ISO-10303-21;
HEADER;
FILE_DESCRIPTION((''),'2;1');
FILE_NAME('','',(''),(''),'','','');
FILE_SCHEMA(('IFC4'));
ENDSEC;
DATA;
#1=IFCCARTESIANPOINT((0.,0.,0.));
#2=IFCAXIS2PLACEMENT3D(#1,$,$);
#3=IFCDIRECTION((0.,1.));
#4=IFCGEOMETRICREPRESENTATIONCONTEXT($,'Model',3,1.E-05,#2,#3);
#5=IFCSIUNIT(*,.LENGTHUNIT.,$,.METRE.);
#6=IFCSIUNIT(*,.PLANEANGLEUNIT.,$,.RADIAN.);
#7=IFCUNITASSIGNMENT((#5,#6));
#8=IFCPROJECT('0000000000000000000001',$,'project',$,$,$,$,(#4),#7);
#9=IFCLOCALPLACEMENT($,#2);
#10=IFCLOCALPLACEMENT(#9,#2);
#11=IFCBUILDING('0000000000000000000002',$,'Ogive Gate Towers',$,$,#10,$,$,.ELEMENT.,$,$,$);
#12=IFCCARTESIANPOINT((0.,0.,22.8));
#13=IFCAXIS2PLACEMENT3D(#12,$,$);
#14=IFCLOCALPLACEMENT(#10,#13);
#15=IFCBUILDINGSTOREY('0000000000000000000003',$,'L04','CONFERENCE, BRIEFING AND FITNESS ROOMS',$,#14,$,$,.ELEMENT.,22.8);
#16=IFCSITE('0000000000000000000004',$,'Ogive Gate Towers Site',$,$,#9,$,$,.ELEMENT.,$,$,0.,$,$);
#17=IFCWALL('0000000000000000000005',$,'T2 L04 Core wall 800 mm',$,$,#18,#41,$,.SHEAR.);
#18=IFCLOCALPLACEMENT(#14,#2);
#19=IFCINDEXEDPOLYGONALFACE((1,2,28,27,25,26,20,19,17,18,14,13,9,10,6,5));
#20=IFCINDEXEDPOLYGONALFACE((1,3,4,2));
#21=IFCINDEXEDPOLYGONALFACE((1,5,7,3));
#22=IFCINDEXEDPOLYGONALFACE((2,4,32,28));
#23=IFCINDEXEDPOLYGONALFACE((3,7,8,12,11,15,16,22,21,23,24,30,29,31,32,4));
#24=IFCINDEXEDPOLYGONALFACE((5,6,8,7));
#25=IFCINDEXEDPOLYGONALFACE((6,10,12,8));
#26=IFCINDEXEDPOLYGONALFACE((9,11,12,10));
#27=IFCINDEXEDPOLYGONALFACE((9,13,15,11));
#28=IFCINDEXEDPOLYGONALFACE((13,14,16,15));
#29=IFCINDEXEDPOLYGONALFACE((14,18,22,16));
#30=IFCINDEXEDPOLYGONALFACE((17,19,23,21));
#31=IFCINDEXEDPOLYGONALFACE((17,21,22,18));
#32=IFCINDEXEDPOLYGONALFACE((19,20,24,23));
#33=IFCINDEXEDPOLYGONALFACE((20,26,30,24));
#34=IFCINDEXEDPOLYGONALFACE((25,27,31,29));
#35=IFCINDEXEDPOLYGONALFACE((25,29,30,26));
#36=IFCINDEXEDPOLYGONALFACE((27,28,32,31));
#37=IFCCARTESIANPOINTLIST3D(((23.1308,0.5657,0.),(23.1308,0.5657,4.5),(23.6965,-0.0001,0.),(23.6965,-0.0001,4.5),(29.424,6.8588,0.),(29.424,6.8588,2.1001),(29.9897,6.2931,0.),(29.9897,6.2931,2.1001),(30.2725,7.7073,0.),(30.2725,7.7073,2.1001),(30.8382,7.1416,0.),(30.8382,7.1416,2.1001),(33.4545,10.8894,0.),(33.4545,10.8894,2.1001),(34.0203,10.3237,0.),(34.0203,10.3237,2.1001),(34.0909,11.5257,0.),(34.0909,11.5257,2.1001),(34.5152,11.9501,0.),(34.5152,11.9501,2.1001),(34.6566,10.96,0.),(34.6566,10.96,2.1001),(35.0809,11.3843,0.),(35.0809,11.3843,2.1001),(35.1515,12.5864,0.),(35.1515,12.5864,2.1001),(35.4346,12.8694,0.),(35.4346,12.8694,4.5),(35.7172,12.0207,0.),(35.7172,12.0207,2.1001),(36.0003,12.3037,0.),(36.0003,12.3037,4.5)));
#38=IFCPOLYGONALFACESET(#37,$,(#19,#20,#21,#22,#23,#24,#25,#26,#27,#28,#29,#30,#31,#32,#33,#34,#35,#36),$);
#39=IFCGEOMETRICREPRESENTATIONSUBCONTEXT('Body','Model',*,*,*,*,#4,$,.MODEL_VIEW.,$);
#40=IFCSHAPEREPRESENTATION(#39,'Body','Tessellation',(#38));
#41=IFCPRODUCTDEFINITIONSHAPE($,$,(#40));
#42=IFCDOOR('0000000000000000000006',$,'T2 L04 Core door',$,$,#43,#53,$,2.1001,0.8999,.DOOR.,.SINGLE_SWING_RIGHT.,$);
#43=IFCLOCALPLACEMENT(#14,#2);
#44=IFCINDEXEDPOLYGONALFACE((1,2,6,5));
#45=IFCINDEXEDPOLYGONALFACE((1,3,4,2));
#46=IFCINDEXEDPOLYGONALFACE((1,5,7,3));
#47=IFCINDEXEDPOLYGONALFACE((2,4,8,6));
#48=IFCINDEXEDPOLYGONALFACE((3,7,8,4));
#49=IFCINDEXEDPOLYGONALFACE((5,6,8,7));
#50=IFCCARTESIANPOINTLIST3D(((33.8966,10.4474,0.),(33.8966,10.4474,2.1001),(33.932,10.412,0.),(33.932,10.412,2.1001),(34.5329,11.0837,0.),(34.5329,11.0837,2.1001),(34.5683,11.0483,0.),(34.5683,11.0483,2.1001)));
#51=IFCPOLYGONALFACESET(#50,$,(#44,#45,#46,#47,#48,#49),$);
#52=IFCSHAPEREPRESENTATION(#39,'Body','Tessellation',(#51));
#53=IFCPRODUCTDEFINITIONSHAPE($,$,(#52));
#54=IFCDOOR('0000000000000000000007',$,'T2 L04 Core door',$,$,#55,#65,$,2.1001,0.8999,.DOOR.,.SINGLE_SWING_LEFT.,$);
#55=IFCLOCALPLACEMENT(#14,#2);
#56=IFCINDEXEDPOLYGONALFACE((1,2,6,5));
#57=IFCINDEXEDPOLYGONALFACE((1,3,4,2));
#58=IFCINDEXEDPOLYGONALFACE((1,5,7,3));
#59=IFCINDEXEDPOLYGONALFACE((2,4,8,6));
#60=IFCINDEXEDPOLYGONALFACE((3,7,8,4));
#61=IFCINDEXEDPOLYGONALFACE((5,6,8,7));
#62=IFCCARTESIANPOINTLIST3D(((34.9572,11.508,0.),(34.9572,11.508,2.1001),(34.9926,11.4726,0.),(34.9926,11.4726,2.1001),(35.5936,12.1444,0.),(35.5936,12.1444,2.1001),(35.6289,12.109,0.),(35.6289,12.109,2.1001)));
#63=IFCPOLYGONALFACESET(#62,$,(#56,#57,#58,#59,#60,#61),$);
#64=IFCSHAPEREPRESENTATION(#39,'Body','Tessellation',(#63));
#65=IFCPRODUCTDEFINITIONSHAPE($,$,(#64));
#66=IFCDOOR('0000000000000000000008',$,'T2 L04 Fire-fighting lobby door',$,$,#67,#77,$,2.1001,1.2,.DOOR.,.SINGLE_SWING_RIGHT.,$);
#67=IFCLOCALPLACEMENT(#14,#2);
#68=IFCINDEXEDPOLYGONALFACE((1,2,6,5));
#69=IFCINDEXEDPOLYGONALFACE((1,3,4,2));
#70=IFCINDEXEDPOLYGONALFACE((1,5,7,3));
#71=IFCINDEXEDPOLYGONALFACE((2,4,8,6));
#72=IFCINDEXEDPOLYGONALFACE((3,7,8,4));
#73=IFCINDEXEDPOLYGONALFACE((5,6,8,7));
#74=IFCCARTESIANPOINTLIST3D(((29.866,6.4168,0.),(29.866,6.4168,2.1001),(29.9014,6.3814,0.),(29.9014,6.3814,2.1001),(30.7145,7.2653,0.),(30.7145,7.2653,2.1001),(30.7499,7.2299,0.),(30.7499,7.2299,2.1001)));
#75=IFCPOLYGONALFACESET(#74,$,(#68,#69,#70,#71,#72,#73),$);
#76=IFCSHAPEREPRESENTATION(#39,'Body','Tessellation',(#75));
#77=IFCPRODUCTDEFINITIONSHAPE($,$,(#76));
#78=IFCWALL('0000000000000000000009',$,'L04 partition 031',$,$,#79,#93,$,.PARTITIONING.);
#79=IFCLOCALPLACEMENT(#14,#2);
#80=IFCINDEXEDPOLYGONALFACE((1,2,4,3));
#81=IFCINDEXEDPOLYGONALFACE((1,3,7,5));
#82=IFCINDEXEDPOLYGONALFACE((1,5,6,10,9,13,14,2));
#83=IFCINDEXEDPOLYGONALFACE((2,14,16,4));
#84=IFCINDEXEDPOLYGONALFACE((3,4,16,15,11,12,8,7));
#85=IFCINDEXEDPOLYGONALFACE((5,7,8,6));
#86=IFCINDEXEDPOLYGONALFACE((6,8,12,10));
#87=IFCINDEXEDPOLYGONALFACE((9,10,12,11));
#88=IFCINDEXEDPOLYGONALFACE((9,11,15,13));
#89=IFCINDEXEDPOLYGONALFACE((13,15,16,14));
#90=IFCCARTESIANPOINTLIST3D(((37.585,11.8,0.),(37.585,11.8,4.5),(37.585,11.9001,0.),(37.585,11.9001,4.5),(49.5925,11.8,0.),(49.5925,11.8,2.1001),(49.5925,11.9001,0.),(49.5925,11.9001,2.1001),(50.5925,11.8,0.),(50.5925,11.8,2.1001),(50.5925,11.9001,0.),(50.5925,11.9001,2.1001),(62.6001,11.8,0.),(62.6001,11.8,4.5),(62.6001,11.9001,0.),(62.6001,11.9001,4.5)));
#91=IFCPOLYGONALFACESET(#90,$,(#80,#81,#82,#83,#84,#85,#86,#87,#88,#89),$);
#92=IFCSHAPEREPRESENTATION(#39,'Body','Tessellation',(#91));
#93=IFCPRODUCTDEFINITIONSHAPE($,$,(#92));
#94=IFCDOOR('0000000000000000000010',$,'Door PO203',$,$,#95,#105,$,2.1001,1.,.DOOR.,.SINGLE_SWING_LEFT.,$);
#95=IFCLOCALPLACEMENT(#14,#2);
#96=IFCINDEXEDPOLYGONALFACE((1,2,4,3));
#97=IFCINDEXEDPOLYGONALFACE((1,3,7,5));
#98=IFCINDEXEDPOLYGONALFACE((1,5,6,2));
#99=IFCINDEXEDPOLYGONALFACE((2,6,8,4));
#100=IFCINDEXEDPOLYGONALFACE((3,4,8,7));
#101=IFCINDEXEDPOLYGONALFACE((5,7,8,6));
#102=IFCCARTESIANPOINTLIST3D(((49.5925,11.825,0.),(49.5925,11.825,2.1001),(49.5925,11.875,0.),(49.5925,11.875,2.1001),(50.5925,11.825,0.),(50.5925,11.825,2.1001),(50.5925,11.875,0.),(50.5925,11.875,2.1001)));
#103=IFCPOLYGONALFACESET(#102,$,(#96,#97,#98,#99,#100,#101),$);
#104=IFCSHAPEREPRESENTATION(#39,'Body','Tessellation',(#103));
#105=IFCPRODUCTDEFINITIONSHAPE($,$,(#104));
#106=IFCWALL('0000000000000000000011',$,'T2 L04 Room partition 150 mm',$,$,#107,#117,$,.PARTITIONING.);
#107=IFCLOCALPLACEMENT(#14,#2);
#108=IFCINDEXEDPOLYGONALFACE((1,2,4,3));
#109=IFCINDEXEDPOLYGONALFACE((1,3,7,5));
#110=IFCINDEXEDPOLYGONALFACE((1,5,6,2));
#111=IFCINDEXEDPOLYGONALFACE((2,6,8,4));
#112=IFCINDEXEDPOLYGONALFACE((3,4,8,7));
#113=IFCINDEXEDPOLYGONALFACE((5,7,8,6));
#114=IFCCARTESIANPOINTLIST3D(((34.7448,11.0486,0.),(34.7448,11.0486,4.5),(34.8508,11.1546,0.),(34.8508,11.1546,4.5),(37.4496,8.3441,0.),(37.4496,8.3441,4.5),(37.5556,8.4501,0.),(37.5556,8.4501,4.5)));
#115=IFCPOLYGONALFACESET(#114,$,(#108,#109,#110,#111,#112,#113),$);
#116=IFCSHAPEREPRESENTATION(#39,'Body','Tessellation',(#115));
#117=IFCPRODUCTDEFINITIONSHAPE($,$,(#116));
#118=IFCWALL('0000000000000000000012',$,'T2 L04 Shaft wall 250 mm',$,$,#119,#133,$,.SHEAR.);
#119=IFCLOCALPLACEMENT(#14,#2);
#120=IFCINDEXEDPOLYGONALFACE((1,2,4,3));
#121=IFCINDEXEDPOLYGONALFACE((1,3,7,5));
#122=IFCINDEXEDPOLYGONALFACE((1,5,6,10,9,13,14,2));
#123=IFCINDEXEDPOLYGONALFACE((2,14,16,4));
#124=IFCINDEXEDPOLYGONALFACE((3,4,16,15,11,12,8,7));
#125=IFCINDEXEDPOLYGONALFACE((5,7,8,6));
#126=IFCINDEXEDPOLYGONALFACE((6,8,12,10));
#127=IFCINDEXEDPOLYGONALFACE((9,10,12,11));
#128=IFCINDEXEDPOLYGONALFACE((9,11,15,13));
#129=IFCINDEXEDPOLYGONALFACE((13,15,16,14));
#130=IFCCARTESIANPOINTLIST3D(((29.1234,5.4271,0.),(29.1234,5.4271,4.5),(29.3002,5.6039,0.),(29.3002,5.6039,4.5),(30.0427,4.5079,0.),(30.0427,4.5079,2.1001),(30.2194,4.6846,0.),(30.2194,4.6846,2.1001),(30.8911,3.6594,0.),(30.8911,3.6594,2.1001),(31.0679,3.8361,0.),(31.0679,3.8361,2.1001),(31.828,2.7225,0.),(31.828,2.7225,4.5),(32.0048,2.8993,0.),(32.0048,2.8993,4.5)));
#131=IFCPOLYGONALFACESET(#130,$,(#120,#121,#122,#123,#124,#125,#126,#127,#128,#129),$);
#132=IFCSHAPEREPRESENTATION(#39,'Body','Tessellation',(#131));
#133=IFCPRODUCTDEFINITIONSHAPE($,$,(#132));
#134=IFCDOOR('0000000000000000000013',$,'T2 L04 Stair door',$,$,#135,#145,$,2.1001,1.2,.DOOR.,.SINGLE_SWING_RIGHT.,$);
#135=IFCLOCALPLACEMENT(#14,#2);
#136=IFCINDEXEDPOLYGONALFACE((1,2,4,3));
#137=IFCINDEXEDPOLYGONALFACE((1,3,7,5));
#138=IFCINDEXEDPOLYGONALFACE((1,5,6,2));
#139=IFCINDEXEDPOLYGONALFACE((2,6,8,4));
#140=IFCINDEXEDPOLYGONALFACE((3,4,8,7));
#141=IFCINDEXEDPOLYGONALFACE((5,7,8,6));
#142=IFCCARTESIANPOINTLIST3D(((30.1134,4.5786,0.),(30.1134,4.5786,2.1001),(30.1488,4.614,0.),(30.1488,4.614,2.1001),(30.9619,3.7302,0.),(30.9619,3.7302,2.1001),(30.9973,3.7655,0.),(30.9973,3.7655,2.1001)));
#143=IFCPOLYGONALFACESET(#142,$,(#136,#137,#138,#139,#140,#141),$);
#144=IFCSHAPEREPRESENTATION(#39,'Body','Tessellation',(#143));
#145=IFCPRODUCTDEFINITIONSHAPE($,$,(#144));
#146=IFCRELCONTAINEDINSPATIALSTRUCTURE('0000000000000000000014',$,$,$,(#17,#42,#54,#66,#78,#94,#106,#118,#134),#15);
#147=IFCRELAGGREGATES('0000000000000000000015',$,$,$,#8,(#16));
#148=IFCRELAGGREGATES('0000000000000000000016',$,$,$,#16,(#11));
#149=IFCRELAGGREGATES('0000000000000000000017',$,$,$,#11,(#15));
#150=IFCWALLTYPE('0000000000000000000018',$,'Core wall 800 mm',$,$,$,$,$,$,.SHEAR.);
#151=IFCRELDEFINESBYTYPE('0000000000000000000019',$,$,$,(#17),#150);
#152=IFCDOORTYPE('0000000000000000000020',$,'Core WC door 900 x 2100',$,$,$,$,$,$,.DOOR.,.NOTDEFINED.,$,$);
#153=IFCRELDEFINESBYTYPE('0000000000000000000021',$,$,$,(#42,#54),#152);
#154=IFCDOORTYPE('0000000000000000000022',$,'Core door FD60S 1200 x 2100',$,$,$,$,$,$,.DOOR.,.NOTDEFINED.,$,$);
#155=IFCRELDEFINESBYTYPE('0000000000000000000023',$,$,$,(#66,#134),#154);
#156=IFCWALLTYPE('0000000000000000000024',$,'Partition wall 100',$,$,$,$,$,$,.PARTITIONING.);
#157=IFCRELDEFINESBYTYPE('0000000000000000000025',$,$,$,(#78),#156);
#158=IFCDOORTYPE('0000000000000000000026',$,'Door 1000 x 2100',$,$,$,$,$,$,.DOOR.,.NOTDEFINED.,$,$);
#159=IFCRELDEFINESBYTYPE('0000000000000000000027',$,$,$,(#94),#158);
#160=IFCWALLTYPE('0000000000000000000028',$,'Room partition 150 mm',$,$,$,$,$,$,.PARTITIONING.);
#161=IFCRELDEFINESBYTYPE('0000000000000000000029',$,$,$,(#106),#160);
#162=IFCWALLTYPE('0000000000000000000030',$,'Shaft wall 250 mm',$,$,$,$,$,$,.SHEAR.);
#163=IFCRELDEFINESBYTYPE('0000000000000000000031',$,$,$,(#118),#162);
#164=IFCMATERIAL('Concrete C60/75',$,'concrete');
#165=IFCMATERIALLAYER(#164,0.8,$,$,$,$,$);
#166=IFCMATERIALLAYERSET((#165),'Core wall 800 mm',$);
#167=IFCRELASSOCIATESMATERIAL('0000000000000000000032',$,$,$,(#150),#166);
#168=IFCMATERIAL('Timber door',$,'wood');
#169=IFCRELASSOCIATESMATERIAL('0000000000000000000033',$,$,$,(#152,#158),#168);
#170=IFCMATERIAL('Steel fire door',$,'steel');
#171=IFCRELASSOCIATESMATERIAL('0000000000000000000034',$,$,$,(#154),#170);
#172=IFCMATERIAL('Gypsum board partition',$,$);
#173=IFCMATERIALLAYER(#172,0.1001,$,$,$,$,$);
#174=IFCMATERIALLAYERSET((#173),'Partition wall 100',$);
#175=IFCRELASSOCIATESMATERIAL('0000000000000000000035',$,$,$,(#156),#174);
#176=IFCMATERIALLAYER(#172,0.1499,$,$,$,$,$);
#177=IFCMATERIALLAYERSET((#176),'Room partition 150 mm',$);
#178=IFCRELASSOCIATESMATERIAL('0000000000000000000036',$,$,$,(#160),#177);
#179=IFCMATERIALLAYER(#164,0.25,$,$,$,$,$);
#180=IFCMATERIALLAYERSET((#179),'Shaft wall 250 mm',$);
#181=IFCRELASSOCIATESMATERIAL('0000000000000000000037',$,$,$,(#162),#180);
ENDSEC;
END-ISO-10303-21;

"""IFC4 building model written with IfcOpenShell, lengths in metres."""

from ifc_helpers import new_model, si_unit, direction, frame, frame_2d, origin, place, context, subcontext, project, spatial, rectangle, extrude, material, layer, layer_set, type_object, element, fill, save


model = new_model("IFC4")

# Units and contexts
model_context = context("Model", 3, precision=1e-05, world=origin(), true_north=direction((0.0, 1.0)))
body_context = subcontext(model_context, "Body", "Model", "MODEL_VIEW")
ifc_project = project(units=[si_unit("LENGTHUNIT", "METRE"), si_unit("PLANEANGLEUNIT", "RADIAN")], contexts=[model_context])

# Site, building, storey
site_placement = place(None, origin())
site = spatial("IfcSite", under=ifc_project, at=site_placement, Name="Ogive Gate Towers Site", CompositionType="ELEMENT", RefElevation=0.0)
building_placement = place(site_placement, origin())
building = spatial("IfcBuilding", under=site, at=building_placement, Name="Ogive Gate Towers", CompositionType="ELEMENT")
storey_placement = place(building_placement, frame((0.0, 0.0, 22.8)))
storey = spatial("IfcBuildingStorey", under=building, at=storey_placement, Name="L04", Description="CONFERENCE, BRIEFING AND FITNESS ROOMS", CompositionType="ELEMENT", Elevation=22.8)

# Wall, openings, doors
ifc_material_1 = material(Name="Concrete C60/75", Category="concrete")
ifc_layer_1 = layer(ifc_material_1, 0.8)
ifc_layer_set_1 = layer_set([ifc_layer_1], Name="Core wall 800 mm")
wall_type_1 = type_object("IfcWallType", Name="Core wall 800 mm", PredefinedType="SHEAR", material=ifc_layer_set_1)
wall_1_placement = place(storey_placement, frame((23.4136, 0.2827, 0.0), z_axis=(0.0, 0.0, 1.0), x_axis=(0.707107, 0.707107, 0.0)))
wall_1 = element("IfcWall", 1, at=wall_1_placement, inside=storey, type_object=wall_type_1, Name="T2 L04 Core wall 800 mm", PredefinedType="SHEAR", context=body_context, shape_type="SweptSolid", body=[
    extrude(rectangle(XDim=17.4001, YDim=0.8, at=frame_2d((8.7002, 0.0))), origin(), (0.0, 0.0, 1.0), 4.5),
])
opening_1_placement = place(wall_1_placement, frame((8.8999, 0.0, 0.0)))
opening_1 = element("IfcOpeningElement", 2, at=opening_1_placement, cuts=wall_1, PredefinedType="OPENING", context=body_context, shape_type="SweptSolid", body=[
    extrude(rectangle(XDim=1.2, YDim=2.1001, at=frame_2d((0.6001, 1.05))), frame((0.0, 0.4102, 0.0), z_axis=(0.0, -1.0, 0.0), x_axis=(1.0, 0.0, 0.0)), (0.0, 0.0, 1.0), 0.8201),
])
opening_2_placement = place(wall_1_placement, frame((14.6001, 0.0, 0.0)))
opening_2 = element("IfcOpeningElement", 3, at=opening_2_placement, cuts=wall_1, PredefinedType="OPENING", context=body_context, shape_type="SweptSolid", body=[
    extrude(rectangle(XDim=0.8999, YDim=2.1001, at=frame_2d((0.45, 1.05))), frame((0.0, 0.4102, 0.0), z_axis=(0.0, -1.0, 0.0), x_axis=(1.0, 0.0, 0.0)), (0.0, 0.0, 1.0), 0.8201),
])
opening_3_placement = place(wall_1_placement, frame((16.1001, 0.0, 0.0)))
opening_3 = element("IfcOpeningElement", 4, at=opening_3_placement, cuts=wall_1, PredefinedType="OPENING", context=body_context, shape_type="SweptSolid", body=[
    extrude(rectangle(XDim=0.8999, YDim=2.1001, at=frame_2d((0.45, 1.05))), frame((0.0, 0.4102, 0.0), z_axis=(0.0, -1.0, 0.0), x_axis=(1.0, 0.0, 0.0)), (0.0, 0.0, 1.0), 0.8201),
])
ifc_material_2 = material(Name="Timber door", Category="wood")
door_type_1 = type_object("IfcDoorType", Name="Core WC door 900 x 2100", OperationType="NOTDEFINED", PredefinedType="DOOR", material=ifc_material_2)
door_1_placement = place(opening_2_placement, origin())
door_1 = element("IfcDoor", 5, at=door_1_placement, inside=storey, type_object=door_type_1, Name="T2 L04 Core door", OperationType="SINGLE_SWING_RIGHT", OverallHeight=2.1001, OverallWidth=0.8999, PredefinedType="DOOR", context=body_context, shape_type="SweptSolid", body=[
    extrude(rectangle(XDim=0.8999, YDim=2.1001, at=frame_2d((0.45, 1.05))), frame((0.0, -0.2251, 0.0), z_axis=(0.0, -1.0, 0.0), x_axis=(1.0, 0.0, 0.0)), (0.0, 0.0, 1.0), 0.05),
])
fill(opening_2, door_1)
door_2_placement = place(opening_3_placement, origin())
door_2 = element("IfcDoor", 6, at=door_2_placement, inside=storey, type_object=door_type_1, Name="T2 L04 Core door", OperationType="SINGLE_SWING_LEFT", OverallHeight=2.1001, OverallWidth=0.8999, PredefinedType="DOOR", context=body_context, shape_type="SweptSolid", body=[
    extrude(rectangle(XDim=0.8999, YDim=2.1001, at=frame_2d((0.45, 1.05))), frame((0.0, -0.2251, 0.0), z_axis=(0.0, -1.0, 0.0), x_axis=(1.0, 0.0, 0.0)), (0.0, 0.0, 1.0), 0.05),
])
fill(opening_3, door_2)
ifc_material_3 = material(Name="Steel fire door", Category="steel")
door_type_2 = type_object("IfcDoorType", Name="Core door FD60S 1200 x 2100", OperationType="NOTDEFINED", PredefinedType="DOOR", material=ifc_material_3)
door_3_placement = place(opening_1_placement, origin())
door_3 = element("IfcDoor", 7, at=door_3_placement, inside=storey, type_object=door_type_2, Name="T2 L04 Fire-fighting lobby door", OperationType="SINGLE_SWING_RIGHT", OverallHeight=2.1001, OverallWidth=1.2, PredefinedType="DOOR", context=body_context, shape_type="SweptSolid", body=[
    extrude(rectangle(XDim=1.2, YDim=2.1001, at=frame_2d((0.6001, 1.05))), frame((0.0, -0.2251, 0.0), z_axis=(0.0, -1.0, 0.0), x_axis=(1.0, 0.0, 0.0)), (0.0, 0.0, 1.0), 0.05),
])
fill(opening_1, door_3)

# Wall, opening, door
ifc_material_4 = material(Name="Gypsum board partition")
ifc_layer_2 = layer(ifc_material_4, 0.1001)
ifc_layer_set_2 = layer_set([ifc_layer_2], Name="Partition wall 100")
wall_type_2 = type_object("IfcWallType", Name="Partition wall 100", PredefinedType="PARTITIONING", material=ifc_layer_set_2)
wall_2_placement = place(storey_placement, frame((37.585, 11.8501, 0.0), z_axis=(0.0, 0.0, 1.0), x_axis=(1.0, 0.0, 0.0)))
wall_2 = element("IfcWall", 8, at=wall_2_placement, inside=storey, type_object=wall_type_2, Name="L04 partition 031", PredefinedType="PARTITIONING", context=body_context, shape_type="SweptSolid", body=[
    extrude(rectangle(XDim=25.0151, YDim=0.1001, at=frame_2d((12.5076, 0.0))), origin(), (0.0, 0.0, 1.0), 4.5),
])
opening_4_placement = place(wall_2_placement, frame((12.0076, 0.0, 0.0)))
opening_4 = element("IfcOpeningElement", 9, at=opening_4_placement, cuts=wall_2, PredefinedType="OPENING", context=body_context, shape_type="SweptSolid", body=[
    extrude(rectangle(XDim=1.0, YDim=2.1001, at=frame_2d((0.5, 1.05))), frame((0.0, 0.0601, 0.0), z_axis=(0.0, -1.0, 0.0), x_axis=(1.0, 0.0, 0.0)), (0.0, 0.0, 1.0), 0.1201),
])
door_type_3 = type_object("IfcDoorType", Name="Door 1000 x 2100", OperationType="NOTDEFINED", PredefinedType="DOOR", material=ifc_material_2)
door_4_placement = place(opening_4_placement, origin())
door_4 = element("IfcDoor", 10, at=door_4_placement, inside=storey, type_object=door_type_3, Name="Door PO203", OperationType="SINGLE_SWING_LEFT", OverallHeight=2.1001, OverallWidth=1.0, PredefinedType="DOOR", context=body_context, shape_type="SweptSolid", body=[
    extrude(rectangle(XDim=1.0, YDim=2.1001, at=frame_2d((0.5, 1.05))), frame((0.0, 0.0249, 0.0), z_axis=(0.0, -1.0, 0.0), x_axis=(1.0, 0.0, 0.0)), (0.0, 0.0, 1.0), 0.05),
])
fill(opening_4, door_4)

# Wall
ifc_layer_3 = layer(ifc_material_4, 0.1499)
ifc_layer_set_3 = layer_set([ifc_layer_3], Name="Room partition 150 mm")
wall_type_3 = type_object("IfcWallType", Name="Room partition 150 mm", PredefinedType="PARTITIONING", material=ifc_layer_set_3)
wall_3_placement = place(storey_placement, frame((37.5027, 8.397, 0.0), z_axis=(0.0, 0.0, 1.0), x_axis=(-0.707139, 0.707075, 0.0)))
element("IfcWall", 11, at=wall_3_placement, inside=storey, type_object=wall_type_3, Name="T2 L04 Room partition 150 mm", PredefinedType="PARTITIONING", context=body_context, shape_type="SweptSolid", body=[
    extrude(rectangle(XDim=3.825, YDim=0.1499, at=frame_2d((1.9126, 0.0))), origin(), (0.0, 0.0, 1.0), 4.5),
])

# Wall, opening, door
ifc_layer_4 = layer(ifc_material_1, 0.25)
ifc_layer_set_4 = layer_set([ifc_layer_4], Name="Shaft wall 250 mm")
wall_type_4 = type_object("IfcWallType", Name="Shaft wall 250 mm", PredefinedType="SHEAR", material=ifc_layer_set_4)
wall_4_placement = place(storey_placement, frame((31.9165, 2.8108, 0.0), z_axis=(0.0, 0.0, 1.0), x_axis=(-0.707107, 0.707107, 0.0)))
wall_4 = element("IfcWall", 12, at=wall_4_placement, inside=storey, type_object=wall_type_4, Name="T2 L04 Shaft wall 250 mm", PredefinedType="SHEAR", context=body_context, shape_type="SweptSolid", body=[
    extrude(rectangle(XDim=3.825, YDim=0.25, at=frame_2d((1.9126, 0.0))), origin(), (0.0, 0.0, 1.0), 4.5),
])
opening_5_placement = place(wall_4_placement, frame((1.325, 0.0, 0.0)))
opening_5 = element("IfcOpeningElement", 13, at=opening_5_placement, cuts=wall_4, PredefinedType="OPENING", context=body_context, shape_type="SweptSolid", body=[
    extrude(rectangle(XDim=1.2, YDim=2.1001, at=frame_2d((0.6001, 1.05))), frame((0.0, 0.135, 0.0), z_axis=(0.0, -1.0, 0.0), x_axis=(1.0, 0.0, 0.0)), (0.0, 0.0, 1.0), 0.27),
])
door_5_placement = place(opening_5_placement, origin())
door_5 = element("IfcDoor", 14, at=door_5_placement, inside=storey, type_object=door_type_2, Name="T2 L04 Stair door", OperationType="SINGLE_SWING_RIGHT", OverallHeight=2.1001, OverallWidth=1.2, PredefinedType="DOOR", context=body_context, shape_type="SweptSolid", body=[
    extrude(rectangle(XDim=1.2, YDim=2.1001, at=frame_2d((0.6001, 1.05))), frame((0.0, 0.0249, 0.0), z_axis=(0.0, -1.0, 0.0), x_axis=(1.0, 0.0, 0.0)), (0.0, 0.0, 1.0), 0.05),
])
fill(opening_5, door_5)

save(model, "model.ifc")
